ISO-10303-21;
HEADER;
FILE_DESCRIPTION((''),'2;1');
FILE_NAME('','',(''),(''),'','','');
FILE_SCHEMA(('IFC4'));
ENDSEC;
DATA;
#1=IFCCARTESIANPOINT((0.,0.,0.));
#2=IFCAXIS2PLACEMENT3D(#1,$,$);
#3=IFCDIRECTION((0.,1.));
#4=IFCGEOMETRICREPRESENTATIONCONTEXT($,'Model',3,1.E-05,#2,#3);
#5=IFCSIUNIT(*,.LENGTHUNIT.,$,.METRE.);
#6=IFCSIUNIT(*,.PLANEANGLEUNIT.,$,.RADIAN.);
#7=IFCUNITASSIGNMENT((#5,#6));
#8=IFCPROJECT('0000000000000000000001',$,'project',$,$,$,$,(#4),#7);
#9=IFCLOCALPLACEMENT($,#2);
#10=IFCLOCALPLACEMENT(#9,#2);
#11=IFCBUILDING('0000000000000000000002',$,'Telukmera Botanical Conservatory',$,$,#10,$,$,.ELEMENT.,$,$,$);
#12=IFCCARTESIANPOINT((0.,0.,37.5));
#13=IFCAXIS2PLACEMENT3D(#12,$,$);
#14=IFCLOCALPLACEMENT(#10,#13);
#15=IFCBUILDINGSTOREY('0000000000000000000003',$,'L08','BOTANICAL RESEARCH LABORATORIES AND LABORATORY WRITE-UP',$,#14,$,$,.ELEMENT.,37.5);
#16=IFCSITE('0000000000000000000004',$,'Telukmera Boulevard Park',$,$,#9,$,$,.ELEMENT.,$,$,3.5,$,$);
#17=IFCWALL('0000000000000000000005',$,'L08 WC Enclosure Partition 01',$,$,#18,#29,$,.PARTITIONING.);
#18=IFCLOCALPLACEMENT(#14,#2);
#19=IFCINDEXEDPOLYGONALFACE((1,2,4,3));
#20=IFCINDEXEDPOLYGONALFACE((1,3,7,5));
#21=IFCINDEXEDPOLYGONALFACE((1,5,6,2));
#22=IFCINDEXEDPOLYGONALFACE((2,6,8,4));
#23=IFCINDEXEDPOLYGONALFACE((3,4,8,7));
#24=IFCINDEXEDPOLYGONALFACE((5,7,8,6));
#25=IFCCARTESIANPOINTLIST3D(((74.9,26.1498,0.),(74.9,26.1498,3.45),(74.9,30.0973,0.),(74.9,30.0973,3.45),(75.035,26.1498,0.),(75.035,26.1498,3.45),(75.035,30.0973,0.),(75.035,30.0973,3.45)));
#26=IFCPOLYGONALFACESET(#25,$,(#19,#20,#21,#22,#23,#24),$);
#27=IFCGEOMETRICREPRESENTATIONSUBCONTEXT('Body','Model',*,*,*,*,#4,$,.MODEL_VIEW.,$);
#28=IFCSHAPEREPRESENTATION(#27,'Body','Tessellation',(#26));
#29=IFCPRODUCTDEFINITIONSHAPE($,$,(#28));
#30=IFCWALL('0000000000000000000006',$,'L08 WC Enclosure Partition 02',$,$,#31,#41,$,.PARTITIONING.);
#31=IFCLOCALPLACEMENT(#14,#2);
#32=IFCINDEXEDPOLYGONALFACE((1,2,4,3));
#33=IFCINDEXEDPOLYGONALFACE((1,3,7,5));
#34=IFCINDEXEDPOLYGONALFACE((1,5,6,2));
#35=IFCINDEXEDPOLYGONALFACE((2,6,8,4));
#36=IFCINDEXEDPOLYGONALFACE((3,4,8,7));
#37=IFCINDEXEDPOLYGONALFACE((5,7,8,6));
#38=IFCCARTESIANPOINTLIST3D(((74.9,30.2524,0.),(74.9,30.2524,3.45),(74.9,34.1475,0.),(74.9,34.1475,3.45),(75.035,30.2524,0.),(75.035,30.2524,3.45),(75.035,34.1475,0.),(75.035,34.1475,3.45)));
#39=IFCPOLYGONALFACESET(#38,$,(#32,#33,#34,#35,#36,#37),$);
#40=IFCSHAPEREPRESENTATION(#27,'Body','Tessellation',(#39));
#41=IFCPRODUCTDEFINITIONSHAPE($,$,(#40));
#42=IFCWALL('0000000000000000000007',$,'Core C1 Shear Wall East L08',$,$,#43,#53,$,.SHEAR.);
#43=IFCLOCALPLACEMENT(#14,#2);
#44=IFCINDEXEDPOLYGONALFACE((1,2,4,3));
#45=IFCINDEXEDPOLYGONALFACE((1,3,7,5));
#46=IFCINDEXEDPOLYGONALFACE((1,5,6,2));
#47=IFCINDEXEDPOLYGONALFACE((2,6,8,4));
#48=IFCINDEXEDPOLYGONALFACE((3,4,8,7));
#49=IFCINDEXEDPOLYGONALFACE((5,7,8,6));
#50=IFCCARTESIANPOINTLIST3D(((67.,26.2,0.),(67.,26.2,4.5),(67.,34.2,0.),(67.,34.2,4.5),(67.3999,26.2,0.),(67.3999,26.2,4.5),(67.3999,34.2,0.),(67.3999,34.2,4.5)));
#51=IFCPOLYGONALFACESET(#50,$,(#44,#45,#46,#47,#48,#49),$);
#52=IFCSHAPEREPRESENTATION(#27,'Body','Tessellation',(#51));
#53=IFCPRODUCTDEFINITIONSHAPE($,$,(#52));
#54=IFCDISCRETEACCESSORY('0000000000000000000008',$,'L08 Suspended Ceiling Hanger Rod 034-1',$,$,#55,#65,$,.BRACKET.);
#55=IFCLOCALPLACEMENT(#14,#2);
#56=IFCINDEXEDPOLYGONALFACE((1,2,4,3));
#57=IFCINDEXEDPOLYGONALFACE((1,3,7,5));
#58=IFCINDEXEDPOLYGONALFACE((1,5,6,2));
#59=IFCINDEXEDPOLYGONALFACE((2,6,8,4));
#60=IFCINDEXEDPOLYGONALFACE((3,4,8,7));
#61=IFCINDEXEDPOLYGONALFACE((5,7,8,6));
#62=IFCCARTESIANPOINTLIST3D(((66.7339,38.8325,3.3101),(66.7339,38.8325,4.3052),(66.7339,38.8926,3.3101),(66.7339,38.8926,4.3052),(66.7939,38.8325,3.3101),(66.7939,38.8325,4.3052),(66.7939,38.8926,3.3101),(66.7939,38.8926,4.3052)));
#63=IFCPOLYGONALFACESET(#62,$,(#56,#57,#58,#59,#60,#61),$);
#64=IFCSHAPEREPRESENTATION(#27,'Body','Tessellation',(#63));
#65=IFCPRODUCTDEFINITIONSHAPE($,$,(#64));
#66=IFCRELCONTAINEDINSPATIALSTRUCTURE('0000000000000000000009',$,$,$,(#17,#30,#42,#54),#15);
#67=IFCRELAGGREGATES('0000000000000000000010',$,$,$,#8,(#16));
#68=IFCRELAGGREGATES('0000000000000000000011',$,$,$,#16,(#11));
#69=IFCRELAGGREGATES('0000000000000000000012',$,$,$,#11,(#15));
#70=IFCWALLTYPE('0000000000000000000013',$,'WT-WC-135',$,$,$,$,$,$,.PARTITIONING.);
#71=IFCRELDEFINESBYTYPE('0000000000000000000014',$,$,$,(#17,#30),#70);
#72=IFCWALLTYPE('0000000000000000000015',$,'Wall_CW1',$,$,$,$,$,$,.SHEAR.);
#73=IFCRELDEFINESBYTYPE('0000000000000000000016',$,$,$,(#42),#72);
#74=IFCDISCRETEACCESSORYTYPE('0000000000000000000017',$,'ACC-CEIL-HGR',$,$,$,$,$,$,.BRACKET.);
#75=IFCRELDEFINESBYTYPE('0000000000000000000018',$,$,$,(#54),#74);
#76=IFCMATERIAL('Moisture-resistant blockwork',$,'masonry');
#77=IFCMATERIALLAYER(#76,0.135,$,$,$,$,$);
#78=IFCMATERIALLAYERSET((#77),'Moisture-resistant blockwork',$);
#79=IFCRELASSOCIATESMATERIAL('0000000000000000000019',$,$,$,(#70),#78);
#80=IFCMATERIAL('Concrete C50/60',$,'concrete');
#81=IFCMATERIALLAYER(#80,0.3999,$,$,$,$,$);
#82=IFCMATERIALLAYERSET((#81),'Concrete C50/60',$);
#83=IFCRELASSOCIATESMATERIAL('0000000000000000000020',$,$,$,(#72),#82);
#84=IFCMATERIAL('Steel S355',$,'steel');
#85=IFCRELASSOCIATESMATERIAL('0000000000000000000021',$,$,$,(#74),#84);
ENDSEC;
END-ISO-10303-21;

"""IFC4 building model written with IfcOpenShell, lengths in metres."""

from ifc_helpers import new_model, si_unit, direction, frame, frame_2d, origin, origin_2d, place, context, subcontext, project, spatial, rectangle, extrude, material, layer, layer_set, type_object, element, save


model = new_model("IFC4")

# Units and contexts
model_context = context("Model", 3, precision=1e-05, world=origin(), true_north=direction((0.0, 1.0)))
body_context = subcontext(model_context, "Body", "Model", "MODEL_VIEW")
ifc_project = project(units=[si_unit("LENGTHUNIT", "METRE"), si_unit("PLANEANGLEUNIT", "RADIAN")], contexts=[model_context])

# Site, building, storey
site_placement = place(None, origin())
site = spatial("IfcSite", under=ifc_project, at=site_placement, Name="Telukmera Boulevard Park", CompositionType="ELEMENT", RefElevation=3.5)
building_placement = place(site_placement, origin())
building = spatial("IfcBuilding", under=site, at=building_placement, Name="Telukmera Botanical Conservatory", CompositionType="ELEMENT")
storey_placement = place(building_placement, frame((0.0, 0.0, 37.5)))
storey = spatial("IfcBuildingStorey", under=building, at=storey_placement, Name="L08", Description="BOTANICAL RESEARCH LABORATORIES AND LABORATORY WRITE-UP", CompositionType="ELEMENT", Elevation=37.5)

# Shared definitions
ifc_material_1 = material(Name="Concrete C50/60", Category="concrete")

# Shared definitions
ifc_material_2 = material(Name="Moisture-resistant blockwork", Category="masonry")
ifc_layer_1 = layer(ifc_material_2, 0.135)
ifc_layer_set_1 = layer_set([ifc_layer_1], Name="Moisture-resistant blockwork")
wall_type_1 = type_object("IfcWallType", Name="WT-WC-135", PredefinedType="PARTITIONING", material=ifc_layer_set_1)

# Walls
wall_1_placement = place(storey_placement, frame((74.9675, 26.1499, 0.0), z_axis=(0.0, 0.0, 1.0), x_axis=(0.0, 1.0, 0.0)))
element("IfcWall", 1, at=wall_1_placement, inside=storey, type_object=wall_type_1, Name="L08 WC Enclosure Partition 01", PredefinedType="PARTITIONING", context=body_context, shape_type="SweptSolid", body=[
    extrude(rectangle(XDim=3.9475, YDim=0.135, at=frame_2d((1.9736, 0.0))), origin(), (0.0, 0.0, 1.0), 3.45),
])
wall_2_placement = place(storey_placement, frame((74.9675, 30.2524, 0.0), z_axis=(0.0, 0.0, 1.0), x_axis=(0.0, 1.0, 0.0)))
element("IfcWall", 2, at=wall_2_placement, inside=storey, type_object=wall_type_1, Name="L08 WC Enclosure Partition 02", PredefinedType="PARTITIONING", context=body_context, shape_type="SweptSolid", body=[
    extrude(rectangle(XDim=3.895, YDim=0.135, at=frame_2d((1.9475, 0.0))), origin(), (0.0, 0.0, 1.0), 3.45),
])
ifc_layer_2 = layer(ifc_material_1, 0.3999)
ifc_layer_set_2 = layer_set([ifc_layer_2], Name="Concrete C50/60")
wall_type_2 = type_object("IfcWallType", Name="Wall_CW1", PredefinedType="SHEAR", material=ifc_layer_set_2)
wall_3_placement = place(storey_placement, frame((67.2, 26.2, 0.0), z_axis=(0.0, 0.0, 1.0), x_axis=(0.0, 1.0, 0.0)))
element("IfcWall", 3, at=wall_3_placement, inside=storey, type_object=wall_type_2, Name="Core C1 Shear Wall East L08", PredefinedType="SHEAR", context=body_context, shape_type="SweptSolid", body=[
    extrude(rectangle(XDim=8.0, YDim=0.3999, at=frame_2d((4.0, 0.0))), origin(), (0.0, 0.0, 1.0), 4.5),
])

# Discrete accessory
ifc_material_3 = material(Name="Steel S355", Category="steel")
discrete_accessory_type = type_object("IfcDiscreteAccessoryType", Name="ACC-CEIL-HGR", PredefinedType="BRACKET", material=ifc_material_3)
discrete_accessory_placement = place(storey_placement, frame((66.7639, 38.8625, 3.3101), z_axis=(0.0, 0.0, 1.0), x_axis=(1.0, 0.0, 0.0)))
element("IfcDiscreteAccessory", 4, at=discrete_accessory_placement, inside=storey, type_object=discrete_accessory_type, Name="L08 Suspended Ceiling Hanger Rod 034-1", PredefinedType="BRACKET", context=body_context, shape_type="SweptSolid", body=[
    extrude(rectangle(XDim=0.0601, YDim=0.0601, at=origin_2d()), origin(), (0.0, 0.0, 1.0), 0.9951),
])

save(model, "model.ifc")
